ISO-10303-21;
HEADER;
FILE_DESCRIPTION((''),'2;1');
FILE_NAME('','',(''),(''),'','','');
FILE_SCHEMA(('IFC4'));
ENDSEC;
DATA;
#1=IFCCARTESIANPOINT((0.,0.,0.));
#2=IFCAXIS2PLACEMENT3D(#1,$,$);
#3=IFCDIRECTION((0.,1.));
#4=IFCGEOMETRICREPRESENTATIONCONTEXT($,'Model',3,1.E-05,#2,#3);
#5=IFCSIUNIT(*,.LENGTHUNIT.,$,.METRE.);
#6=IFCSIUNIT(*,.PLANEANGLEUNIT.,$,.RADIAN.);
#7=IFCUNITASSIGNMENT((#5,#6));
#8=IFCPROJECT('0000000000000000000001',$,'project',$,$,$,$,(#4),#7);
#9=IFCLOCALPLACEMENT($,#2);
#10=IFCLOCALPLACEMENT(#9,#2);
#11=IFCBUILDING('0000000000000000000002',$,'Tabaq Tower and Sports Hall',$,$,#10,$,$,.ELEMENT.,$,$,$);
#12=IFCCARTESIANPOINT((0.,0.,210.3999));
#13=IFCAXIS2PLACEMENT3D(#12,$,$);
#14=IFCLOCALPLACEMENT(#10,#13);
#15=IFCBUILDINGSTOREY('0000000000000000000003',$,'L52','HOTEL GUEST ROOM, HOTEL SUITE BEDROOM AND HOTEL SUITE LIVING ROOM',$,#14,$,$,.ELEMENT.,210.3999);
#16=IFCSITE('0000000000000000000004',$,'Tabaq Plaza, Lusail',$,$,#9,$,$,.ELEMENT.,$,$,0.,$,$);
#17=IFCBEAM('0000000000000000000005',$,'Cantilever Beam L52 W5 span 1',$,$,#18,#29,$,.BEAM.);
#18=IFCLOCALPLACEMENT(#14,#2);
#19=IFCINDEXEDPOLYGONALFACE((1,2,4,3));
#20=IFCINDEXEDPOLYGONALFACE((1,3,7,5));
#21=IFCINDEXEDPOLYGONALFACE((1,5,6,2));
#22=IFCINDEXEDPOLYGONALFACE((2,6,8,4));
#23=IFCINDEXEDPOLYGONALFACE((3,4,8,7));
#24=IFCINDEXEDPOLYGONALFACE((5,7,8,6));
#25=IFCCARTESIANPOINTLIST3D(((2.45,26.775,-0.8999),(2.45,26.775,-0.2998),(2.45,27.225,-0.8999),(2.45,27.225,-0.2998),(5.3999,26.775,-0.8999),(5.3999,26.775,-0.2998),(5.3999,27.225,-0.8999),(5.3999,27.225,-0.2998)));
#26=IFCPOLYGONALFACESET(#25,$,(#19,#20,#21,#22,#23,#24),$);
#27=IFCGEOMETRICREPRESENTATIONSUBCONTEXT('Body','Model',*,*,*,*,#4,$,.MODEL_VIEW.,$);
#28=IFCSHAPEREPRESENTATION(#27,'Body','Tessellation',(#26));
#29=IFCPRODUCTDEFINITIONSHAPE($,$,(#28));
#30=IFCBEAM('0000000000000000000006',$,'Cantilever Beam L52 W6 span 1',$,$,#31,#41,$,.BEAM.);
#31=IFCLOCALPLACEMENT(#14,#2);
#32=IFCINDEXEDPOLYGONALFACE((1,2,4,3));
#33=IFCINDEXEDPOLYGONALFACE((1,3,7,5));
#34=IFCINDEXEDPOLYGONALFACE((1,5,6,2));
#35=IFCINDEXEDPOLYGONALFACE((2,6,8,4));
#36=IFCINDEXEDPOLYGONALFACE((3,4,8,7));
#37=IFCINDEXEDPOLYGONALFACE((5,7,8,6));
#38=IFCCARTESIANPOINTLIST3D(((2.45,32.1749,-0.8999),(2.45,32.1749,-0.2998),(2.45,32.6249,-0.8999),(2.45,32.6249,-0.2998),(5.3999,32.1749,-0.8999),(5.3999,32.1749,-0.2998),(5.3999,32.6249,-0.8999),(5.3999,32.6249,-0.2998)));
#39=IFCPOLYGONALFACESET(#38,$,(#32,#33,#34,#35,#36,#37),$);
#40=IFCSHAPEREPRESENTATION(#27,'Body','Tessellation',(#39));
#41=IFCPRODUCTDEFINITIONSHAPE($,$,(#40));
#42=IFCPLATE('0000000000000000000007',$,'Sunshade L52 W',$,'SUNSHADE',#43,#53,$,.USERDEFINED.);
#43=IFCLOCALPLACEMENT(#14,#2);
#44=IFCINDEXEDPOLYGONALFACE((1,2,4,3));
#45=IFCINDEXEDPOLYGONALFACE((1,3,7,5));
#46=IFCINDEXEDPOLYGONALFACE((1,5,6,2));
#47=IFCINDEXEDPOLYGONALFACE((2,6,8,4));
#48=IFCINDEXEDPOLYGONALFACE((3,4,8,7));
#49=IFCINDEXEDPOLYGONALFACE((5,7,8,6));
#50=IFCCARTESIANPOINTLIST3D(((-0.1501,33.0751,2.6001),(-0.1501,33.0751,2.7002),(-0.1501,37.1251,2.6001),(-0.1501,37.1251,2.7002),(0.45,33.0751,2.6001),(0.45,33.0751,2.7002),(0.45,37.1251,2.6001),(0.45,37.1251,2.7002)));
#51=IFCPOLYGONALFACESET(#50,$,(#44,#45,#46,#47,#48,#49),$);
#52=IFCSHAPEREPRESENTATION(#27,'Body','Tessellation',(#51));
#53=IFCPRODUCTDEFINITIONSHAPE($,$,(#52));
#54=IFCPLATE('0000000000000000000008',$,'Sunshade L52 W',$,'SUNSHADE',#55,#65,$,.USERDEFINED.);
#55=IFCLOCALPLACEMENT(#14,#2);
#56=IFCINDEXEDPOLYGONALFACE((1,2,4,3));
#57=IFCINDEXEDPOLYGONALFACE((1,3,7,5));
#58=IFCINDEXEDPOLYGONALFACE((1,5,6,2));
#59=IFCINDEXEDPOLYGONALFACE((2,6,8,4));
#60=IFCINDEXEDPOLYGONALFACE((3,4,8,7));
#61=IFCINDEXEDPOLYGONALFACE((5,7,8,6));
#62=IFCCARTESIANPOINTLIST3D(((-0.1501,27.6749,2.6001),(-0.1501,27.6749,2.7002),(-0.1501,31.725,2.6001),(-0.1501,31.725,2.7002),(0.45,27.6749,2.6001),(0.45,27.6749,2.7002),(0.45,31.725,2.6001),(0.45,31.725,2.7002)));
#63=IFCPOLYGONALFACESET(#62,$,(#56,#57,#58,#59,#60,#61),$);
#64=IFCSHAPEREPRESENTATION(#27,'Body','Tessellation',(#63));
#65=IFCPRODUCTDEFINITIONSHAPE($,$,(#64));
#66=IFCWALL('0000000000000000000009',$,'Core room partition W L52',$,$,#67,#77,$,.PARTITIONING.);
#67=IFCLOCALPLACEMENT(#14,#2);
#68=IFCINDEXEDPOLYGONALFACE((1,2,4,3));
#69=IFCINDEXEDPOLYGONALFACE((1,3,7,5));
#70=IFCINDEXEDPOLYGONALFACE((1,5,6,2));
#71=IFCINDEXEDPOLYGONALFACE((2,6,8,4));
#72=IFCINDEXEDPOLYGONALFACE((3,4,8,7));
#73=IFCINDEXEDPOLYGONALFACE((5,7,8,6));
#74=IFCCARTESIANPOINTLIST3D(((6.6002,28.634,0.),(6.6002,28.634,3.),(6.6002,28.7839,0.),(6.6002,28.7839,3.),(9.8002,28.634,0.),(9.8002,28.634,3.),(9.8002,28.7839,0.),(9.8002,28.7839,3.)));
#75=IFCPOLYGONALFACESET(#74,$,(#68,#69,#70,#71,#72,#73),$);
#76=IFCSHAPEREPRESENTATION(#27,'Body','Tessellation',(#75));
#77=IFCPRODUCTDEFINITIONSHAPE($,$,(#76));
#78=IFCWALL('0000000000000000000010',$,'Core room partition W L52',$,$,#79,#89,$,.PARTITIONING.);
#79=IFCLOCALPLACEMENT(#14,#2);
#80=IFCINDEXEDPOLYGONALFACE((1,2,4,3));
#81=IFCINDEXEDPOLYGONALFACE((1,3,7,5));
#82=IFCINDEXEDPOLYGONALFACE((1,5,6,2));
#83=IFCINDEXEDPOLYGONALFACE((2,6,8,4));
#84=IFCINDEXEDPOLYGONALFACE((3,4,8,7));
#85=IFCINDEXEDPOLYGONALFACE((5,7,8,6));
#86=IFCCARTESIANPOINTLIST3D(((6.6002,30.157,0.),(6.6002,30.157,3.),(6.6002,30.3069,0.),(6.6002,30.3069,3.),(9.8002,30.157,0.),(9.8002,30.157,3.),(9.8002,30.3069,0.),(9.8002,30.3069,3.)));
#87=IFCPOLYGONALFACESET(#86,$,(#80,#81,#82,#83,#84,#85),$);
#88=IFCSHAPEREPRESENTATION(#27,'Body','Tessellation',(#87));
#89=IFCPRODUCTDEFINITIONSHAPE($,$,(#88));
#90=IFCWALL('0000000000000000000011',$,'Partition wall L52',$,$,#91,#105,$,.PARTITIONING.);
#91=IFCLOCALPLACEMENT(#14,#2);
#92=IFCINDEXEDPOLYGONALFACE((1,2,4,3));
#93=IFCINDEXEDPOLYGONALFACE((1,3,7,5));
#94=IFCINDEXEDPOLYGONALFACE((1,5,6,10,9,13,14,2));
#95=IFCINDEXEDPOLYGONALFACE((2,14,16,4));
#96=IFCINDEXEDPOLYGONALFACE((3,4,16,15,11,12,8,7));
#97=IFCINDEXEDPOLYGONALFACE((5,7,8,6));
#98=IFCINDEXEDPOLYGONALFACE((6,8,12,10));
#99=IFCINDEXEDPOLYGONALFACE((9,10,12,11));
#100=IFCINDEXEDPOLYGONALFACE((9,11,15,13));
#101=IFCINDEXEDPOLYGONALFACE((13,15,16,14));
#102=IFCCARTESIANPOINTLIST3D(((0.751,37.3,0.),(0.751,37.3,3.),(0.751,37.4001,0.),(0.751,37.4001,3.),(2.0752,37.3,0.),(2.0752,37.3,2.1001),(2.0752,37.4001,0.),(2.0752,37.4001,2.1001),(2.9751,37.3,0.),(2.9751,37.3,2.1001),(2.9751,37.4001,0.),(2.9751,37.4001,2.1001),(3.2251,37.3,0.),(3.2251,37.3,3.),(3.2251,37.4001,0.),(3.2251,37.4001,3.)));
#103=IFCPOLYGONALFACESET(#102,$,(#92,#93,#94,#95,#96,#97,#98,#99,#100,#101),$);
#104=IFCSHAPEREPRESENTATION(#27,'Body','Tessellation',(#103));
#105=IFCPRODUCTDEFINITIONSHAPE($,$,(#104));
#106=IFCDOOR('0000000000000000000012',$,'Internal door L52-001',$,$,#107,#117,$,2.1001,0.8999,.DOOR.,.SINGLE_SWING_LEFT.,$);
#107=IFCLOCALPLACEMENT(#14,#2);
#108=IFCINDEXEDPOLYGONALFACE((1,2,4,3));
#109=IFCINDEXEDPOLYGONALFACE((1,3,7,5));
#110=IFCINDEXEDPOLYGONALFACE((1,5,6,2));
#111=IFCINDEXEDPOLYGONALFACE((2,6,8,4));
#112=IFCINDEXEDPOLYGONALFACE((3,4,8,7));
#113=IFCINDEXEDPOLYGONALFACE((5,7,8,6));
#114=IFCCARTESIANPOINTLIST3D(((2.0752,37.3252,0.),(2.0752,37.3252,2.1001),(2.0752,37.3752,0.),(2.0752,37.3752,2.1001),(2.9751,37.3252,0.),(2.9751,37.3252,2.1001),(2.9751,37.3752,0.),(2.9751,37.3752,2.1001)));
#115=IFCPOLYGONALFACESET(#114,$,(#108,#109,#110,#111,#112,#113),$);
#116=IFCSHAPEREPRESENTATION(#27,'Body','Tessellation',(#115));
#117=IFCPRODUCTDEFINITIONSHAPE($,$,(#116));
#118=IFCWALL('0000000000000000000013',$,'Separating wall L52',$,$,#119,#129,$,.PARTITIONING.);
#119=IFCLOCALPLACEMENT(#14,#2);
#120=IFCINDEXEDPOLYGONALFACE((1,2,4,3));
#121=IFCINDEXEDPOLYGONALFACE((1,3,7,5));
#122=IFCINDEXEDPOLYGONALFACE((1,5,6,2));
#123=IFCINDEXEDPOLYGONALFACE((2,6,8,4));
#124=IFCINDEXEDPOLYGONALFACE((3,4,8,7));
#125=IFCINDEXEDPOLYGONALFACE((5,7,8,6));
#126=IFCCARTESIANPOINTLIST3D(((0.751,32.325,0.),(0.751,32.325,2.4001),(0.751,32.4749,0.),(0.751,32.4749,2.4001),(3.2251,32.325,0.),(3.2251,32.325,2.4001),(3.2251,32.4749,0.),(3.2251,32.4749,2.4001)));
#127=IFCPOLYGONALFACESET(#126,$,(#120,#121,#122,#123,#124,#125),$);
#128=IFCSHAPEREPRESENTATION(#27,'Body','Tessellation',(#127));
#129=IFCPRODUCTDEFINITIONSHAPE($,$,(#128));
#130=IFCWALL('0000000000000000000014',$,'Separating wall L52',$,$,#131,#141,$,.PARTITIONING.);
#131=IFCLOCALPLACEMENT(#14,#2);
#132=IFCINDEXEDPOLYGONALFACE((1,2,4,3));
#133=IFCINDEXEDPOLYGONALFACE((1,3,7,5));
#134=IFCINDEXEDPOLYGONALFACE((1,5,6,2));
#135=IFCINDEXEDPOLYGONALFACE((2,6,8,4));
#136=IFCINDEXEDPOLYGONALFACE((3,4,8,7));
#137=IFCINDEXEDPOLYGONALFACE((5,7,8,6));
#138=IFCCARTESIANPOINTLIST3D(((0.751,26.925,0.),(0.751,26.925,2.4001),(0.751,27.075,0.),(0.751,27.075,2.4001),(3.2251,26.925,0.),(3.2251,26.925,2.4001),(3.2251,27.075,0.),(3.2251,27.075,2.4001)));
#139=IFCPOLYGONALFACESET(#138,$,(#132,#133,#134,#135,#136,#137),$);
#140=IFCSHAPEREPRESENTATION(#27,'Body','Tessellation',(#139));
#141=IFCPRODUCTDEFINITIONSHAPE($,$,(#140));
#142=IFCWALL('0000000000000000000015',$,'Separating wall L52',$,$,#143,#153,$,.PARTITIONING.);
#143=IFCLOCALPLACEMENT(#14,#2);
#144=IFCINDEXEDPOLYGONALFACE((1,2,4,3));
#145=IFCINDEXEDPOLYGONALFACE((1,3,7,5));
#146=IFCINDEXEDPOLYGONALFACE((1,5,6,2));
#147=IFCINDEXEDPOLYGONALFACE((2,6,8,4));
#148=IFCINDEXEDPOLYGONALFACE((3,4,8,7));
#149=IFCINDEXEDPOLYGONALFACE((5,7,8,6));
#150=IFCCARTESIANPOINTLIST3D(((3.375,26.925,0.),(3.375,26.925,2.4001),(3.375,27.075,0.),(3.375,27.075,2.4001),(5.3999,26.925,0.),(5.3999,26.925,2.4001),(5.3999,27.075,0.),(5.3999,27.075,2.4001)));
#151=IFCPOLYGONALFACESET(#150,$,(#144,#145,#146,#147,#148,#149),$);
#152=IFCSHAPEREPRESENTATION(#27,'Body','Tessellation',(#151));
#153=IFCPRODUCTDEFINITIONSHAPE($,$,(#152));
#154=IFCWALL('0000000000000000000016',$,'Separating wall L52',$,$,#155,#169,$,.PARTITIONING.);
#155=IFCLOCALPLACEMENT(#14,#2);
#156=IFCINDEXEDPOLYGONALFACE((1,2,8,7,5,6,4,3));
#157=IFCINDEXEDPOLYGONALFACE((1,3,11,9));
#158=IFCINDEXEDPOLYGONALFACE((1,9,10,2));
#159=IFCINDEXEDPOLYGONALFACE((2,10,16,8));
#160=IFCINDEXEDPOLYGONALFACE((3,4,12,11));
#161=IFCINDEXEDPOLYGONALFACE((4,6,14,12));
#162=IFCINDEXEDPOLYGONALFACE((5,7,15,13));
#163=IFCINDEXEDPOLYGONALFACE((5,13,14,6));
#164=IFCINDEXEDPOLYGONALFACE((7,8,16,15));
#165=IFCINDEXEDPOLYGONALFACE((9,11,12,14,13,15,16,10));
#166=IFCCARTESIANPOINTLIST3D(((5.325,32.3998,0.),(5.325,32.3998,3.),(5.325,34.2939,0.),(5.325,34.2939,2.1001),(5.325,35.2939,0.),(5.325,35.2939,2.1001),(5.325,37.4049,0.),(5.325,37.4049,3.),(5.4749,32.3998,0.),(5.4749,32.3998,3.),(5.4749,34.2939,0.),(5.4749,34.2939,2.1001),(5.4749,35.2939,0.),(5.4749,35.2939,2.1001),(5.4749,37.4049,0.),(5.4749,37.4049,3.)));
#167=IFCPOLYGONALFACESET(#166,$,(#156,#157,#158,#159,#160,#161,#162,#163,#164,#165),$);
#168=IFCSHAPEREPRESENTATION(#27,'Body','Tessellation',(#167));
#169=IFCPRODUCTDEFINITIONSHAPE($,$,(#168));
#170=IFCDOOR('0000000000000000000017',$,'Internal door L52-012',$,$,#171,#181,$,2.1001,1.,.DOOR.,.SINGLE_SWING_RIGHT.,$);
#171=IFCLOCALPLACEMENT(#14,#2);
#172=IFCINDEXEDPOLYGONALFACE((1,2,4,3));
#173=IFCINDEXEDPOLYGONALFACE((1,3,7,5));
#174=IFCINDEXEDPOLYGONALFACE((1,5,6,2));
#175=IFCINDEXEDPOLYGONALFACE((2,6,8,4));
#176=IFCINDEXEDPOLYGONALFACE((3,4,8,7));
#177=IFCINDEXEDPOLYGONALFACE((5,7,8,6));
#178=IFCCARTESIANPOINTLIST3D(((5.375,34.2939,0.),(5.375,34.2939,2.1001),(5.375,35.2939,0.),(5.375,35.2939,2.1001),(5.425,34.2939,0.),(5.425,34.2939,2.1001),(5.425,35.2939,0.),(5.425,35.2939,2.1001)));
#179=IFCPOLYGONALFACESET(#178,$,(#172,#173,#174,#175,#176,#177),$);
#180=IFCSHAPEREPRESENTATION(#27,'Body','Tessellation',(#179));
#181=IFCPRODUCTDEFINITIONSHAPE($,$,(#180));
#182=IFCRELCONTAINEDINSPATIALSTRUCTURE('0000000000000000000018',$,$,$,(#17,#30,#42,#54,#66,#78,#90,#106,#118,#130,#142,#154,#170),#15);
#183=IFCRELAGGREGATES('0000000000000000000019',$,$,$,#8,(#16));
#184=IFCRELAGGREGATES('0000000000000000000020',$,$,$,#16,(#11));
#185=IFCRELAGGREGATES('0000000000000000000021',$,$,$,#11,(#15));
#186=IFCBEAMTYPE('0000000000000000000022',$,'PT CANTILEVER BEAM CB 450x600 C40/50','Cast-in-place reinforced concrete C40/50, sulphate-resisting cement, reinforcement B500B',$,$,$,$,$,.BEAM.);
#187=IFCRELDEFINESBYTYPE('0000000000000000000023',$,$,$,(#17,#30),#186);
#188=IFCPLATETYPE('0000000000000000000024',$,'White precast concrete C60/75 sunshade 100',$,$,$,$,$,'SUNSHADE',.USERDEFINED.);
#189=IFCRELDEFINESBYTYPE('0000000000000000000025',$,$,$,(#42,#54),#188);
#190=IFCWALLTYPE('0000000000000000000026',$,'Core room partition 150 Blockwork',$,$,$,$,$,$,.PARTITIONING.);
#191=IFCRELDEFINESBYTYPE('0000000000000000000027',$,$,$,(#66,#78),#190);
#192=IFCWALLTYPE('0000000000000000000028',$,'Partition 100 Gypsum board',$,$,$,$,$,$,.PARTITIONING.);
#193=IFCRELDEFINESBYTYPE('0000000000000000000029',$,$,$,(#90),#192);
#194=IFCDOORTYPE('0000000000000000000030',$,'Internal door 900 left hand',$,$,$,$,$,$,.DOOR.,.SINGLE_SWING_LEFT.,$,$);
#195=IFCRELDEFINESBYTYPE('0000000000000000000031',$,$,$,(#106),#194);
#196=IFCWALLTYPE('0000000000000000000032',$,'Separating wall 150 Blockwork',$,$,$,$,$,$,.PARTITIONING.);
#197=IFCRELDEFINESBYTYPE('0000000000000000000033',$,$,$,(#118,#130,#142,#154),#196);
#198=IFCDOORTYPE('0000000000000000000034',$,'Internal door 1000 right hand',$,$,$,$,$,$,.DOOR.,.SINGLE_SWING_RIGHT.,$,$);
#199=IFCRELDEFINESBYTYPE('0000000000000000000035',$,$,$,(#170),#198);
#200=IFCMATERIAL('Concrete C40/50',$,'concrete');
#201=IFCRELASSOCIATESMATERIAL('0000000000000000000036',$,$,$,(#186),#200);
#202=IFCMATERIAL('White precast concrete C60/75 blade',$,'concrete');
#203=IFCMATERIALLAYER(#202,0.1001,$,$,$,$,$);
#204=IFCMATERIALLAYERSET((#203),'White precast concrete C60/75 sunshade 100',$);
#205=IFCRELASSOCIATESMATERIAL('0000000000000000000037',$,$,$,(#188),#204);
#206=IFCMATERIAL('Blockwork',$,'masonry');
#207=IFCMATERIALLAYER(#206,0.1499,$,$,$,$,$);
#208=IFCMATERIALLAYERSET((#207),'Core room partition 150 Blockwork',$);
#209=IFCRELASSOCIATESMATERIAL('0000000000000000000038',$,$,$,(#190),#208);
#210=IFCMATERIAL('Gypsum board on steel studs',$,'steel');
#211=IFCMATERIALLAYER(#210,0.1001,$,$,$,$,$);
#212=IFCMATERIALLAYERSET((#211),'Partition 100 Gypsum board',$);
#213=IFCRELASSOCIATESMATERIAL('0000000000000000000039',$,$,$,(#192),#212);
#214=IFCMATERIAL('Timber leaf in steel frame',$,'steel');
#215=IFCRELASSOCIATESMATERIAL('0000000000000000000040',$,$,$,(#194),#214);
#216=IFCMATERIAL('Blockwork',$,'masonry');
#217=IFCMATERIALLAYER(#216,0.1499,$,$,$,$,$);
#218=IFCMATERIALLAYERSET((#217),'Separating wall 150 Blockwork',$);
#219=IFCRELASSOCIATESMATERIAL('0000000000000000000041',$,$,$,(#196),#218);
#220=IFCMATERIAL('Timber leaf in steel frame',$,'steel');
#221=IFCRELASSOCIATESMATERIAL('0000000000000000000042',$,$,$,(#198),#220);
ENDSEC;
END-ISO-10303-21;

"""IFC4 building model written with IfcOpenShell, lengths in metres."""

from ifc_helpers import new_model, si_unit, direction, frame, frame_2d, origin, origin_2d, place, context, subcontext, project, spatial, rectangle, extrude, material, layer, layer_set, material_profile, profile_set, type_object, element, fill, save


model = new_model("IFC4")

# Units and contexts
model_context = context("Model", 3, precision=1e-05, world=origin(), true_north=direction((0.0, 1.0)))
body_context = subcontext(model_context, "Body", "Model", "MODEL_VIEW")
ifc_project = project(units=[si_unit("LENGTHUNIT", "METRE"), si_unit("PLANEANGLEUNIT", "RADIAN")], contexts=[model_context])

# Site, building, storey
site_placement = place(None, origin())
site = spatial("IfcSite", under=ifc_project, at=site_placement, Name="Tabaq Plaza, Lusail", CompositionType="ELEMENT", RefElevation=0.0)
building_placement = place(site_placement, origin())
building = spatial("IfcBuilding", under=site, at=building_placement, Name="Tabaq Tower and Sports Hall", CompositionType="ELEMENT")
storey_placement = place(building_placement, frame((0.0, 0.0, 210.3999)))
storey = spatial("IfcBuildingStorey", under=building, at=storey_placement, Name="L52", Description="HOTEL GUEST ROOM, HOTEL SUITE BEDROOM AND HOTEL SUITE LIVING ROOM", CompositionType="ELEMENT", Elevation=210.3999)

# Beams
ifc_material_1 = material(Name="Concrete C40/50", Category="concrete")
ifc_material_profile = material_profile(ifc_material_1, rectangle(XDim=0.45, YDim=0.6001, at=origin_2d()), Name="CB 450x600")
ifc_profile_set = profile_set([ifc_material_profile], Name="Concrete C40/50")
beam_type = type_object("IfcBeamType", Name="PT CANTILEVER BEAM CB 450x600 C40/50", Description="Cast-in-place reinforced concrete C40/50, sulphate-resisting cement, reinforcement B500B", PredefinedType="BEAM", material=ifc_profile_set)
for number, where, z_axis, x_axis, name in (
    (1, (2.45, 27.0, -0.5999), (1.0, 0.0, 0.0), (0.0, 1.0, 0.0), "Cantilever Beam L52 W5 span 1"),
    (2, (2.45, 32.3999, -0.5999), (1.0, 0.0, 0.0), (0.0, 1.0, 0.0), "Cantilever Beam L52 W6 span 1"),
):
    element("IfcBeam", number, at=place(storey_placement, frame(where, z_axis=z_axis, x_axis=x_axis)), inside=storey, type_object=beam_type, Name=name, PredefinedType="BEAM", context=body_context, shape_type="SweptSolid", body=[
        extrude(rectangle(XDim=0.45, YDim=0.6001, at=origin_2d()), origin(), (0.0, 0.0, 1.0), 2.95),
    ])

# Plates
ifc_material_2 = material(Name="White precast concrete C60/75 blade", Category="concrete")
ifc_layer_1 = layer(ifc_material_2, 0.1001)
ifc_layer_set_1 = layer_set([ifc_layer_1], Name="White precast concrete C60/75 sunshade 100")
plate_type = type_object("IfcPlateType", Name="White precast concrete C60/75 sunshade 100", ElementType="SUNSHADE", PredefinedType="USERDEFINED", material=ifc_layer_set_1)
for number, where, z_axis, x_axis, name in (
    (3, (0.1499, 35.1001, 2.6001), (0.0, 0.0, 1.0), (0.0, -1.0, 0.0), "Sunshade L52 W"),
    (4, (0.1499, 29.7, 2.6001), (0.0, 0.0, 1.0), (0.0, -1.0, 0.0), "Sunshade L52 W"),
):
    element("IfcPlate", number, at=place(storey_placement, frame(where, z_axis=z_axis, x_axis=x_axis)), inside=storey, type_object=plate_type, Name=name, ObjectType="SUNSHADE", PredefinedType="USERDEFINED", context=body_context, shape_type="SweptSolid", body=[
        extrude(rectangle(XDim=4.05, YDim=0.6001, at=origin_2d()), origin(), (0.0, 0.0, 1.0), 0.1001),
    ])

# Walls
ifc_material_3 = material(Name="Blockwork", Category="masonry")
ifc_layer_2 = layer(ifc_material_3, 0.1499)
ifc_layer_set_2 = layer_set([ifc_layer_2], Name="Core room partition 150 Blockwork")
wall_type_1 = type_object("IfcWallType", Name="Core room partition 150 Blockwork", PredefinedType="PARTITIONING", material=ifc_layer_set_2)
for number, where, z_axis, x_axis, name in (
    (5, (6.6001, 28.709, 0.0), (0.0, 0.0, 1.0), (1.0, 0.0, 0.0), "Core room partition W L52"),
    (6, (6.6001, 30.2319, 0.0), (0.0, 0.0, 1.0), (1.0, 0.0, 0.0), "Core room partition W L52"),
):
    element("IfcWall", number, at=place(storey_placement, frame(where, z_axis=z_axis, x_axis=x_axis)), inside=storey, type_object=wall_type_1, Name=name, PredefinedType="PARTITIONING", context=body_context, shape_type="SweptSolid", body=[
        extrude(rectangle(XDim=3.2, YDim=0.1499, at=frame_2d((1.6001, 0.0))), origin(), (0.0, 0.0, 1.0), 3.0),
    ])

# Wall, opening, door
ifc_material_4 = material(Name="Gypsum board on steel studs", Category="steel")
ifc_layer_3 = layer(ifc_material_4, 0.1001)
ifc_layer_set_3 = layer_set([ifc_layer_3], Name="Partition 100 Gypsum board")
wall_type_2 = type_object("IfcWallType", Name="Partition 100 Gypsum board", PredefinedType="PARTITIONING", material=ifc_layer_set_3)
wall_1_placement = place(storey_placement, frame((3.2251, 37.3501, 0.0), z_axis=(0.0, 0.0, 1.0), x_axis=(-1.0, 0.0, 0.0)))
wall_1 = element("IfcWall", 7, at=wall_1_placement, inside=storey, type_object=wall_type_2, Name="Partition wall L52", PredefinedType="PARTITIONING", context=body_context, shape_type="SweptSolid", body=[
    extrude(rectangle(XDim=2.4741, YDim=0.1001, at=frame_2d((1.2371, 0.0))), origin(), (0.0, 0.0, 1.0), 3.0),
])
opening_1_placement = place(wall_1_placement, frame((0.25, 0.0, 0.0)))
opening_1 = element("IfcOpeningElement", 8, at=opening_1_placement, cuts=wall_1, PredefinedType="OPENING", context=body_context, shape_type="SweptSolid", body=[
    extrude(rectangle(XDim=0.8999, YDim=2.1001, at=frame_2d((0.45, 1.05))), frame((0.0, 0.05, 0.0), z_axis=(0.0, -1.0, 0.0), x_axis=(1.0, 0.0, 0.0)), (0.0, 0.0, 1.0), 0.1001),
])
ifc_material_5 = material(Name="Timber leaf in steel frame", Category="steel")
door_type_1 = type_object("IfcDoorType", Name="Internal door 900 left hand", OperationType="SINGLE_SWING_LEFT", PredefinedType="DOOR", material=ifc_material_5)
door_1_placement = place(opening_1_placement, origin())
door_1 = element("IfcDoor", 9, at=door_1_placement, inside=storey, type_object=door_type_1, Name="Internal door L52-001", OperationType="SINGLE_SWING_LEFT", OverallHeight=2.1001, OverallWidth=0.8999, PredefinedType="DOOR", context=body_context, shape_type="SweptSolid", body=[
    extrude(rectangle(XDim=0.8999, YDim=2.1001, at=frame_2d((0.45, 1.05))), frame((0.0, 0.0249, 0.0), z_axis=(0.0, -1.0, 0.0), x_axis=(1.0, 0.0, 0.0)), (0.0, 0.0, 1.0), 0.05),
])
fill(opening_1, door_1)

# Walls
ifc_material_6 = material(Name="Blockwork", Category="masonry")
ifc_layer_4 = layer(ifc_material_6, 0.1499)
ifc_layer_set_4 = layer_set([ifc_layer_4], Name="Separating wall 150 Blockwork")
wall_type_3 = type_object("IfcWallType", Name="Separating wall 150 Blockwork", PredefinedType="PARTITIONING", material=ifc_layer_set_4)
for number, where, z_axis, x_axis, name in (
    (10, (0.751, 32.3999, 0.0), (0.0, 0.0, 1.0), (1.0, 0.0, 0.0), "Separating wall L52"),
    (11, (0.751, 27.0, 0.0), (0.0, 0.0, 1.0), (1.0, 0.0, 0.0), "Separating wall L52"),
):
    element("IfcWall", number, at=place(storey_placement, frame(where, z_axis=z_axis, x_axis=x_axis)), inside=storey, type_object=wall_type_3, Name=name, PredefinedType="PARTITIONING", context=body_context, shape_type="SweptSolid", body=[
        extrude(rectangle(XDim=2.4741, YDim=0.1499, at=frame_2d((1.2371, 0.0))), origin(), (0.0, 0.0, 1.0), 2.4001),
    ])
wall_2_placement = place(storey_placement, frame((3.375, 27.0, 0.0), z_axis=(0.0, 0.0, 1.0), x_axis=(1.0, 0.0, 0.0)))
element("IfcWall", 12, at=wall_2_placement, inside=storey, type_object=wall_type_3, Name="Separating wall L52", PredefinedType="PARTITIONING", context=body_context, shape_type="SweptSolid", body=[
    extrude(rectangle(XDim=2.0249, YDim=0.1499, at=frame_2d((1.0125, 0.0))), origin(), (0.0, 0.0, 1.0), 2.4001),
])

# Wall, opening, door
wall_3_placement = place(storey_placement, frame((5.3999, 32.3999, 0.0), z_axis=(0.0, 0.0, 1.0), x_axis=(0.0, 1.0, 0.0)))
wall_3 = element("IfcWall", 13, at=wall_3_placement, inside=storey, type_object=wall_type_3, Name="Separating wall L52", PredefinedType="PARTITIONING", context=body_context, shape_type="SweptSolid", body=[
    extrude(rectangle(XDim=5.0051, YDim=0.1499, at=frame_2d((2.5024, 0.0))), origin(), (0.0, 0.0, 1.0), 3.0),
])
opening_2_placement = place(wall_3_placement, frame((1.894, 0.0, 0.0)))
opening_2 = element("IfcOpeningElement", 14, at=opening_2_placement, cuts=wall_3, PredefinedType="OPENING", context=body_context, shape_type="SweptSolid", body=[
    extrude(rectangle(XDim=1.0, YDim=2.1001, at=frame_2d((0.5, 1.05))), frame((0.0, 0.075, 0.0), z_axis=(0.0, -1.0, 0.0), x_axis=(1.0, 0.0, 0.0)), (0.0, 0.0, 1.0), 0.1499),
])
ifc_material_7 = material(Name="Timber leaf in steel frame", Category="steel")
door_type_2 = type_object("IfcDoorType", Name="Internal door 1000 right hand", OperationType="SINGLE_SWING_RIGHT", PredefinedType="DOOR", material=ifc_material_7)
door_2_placement = place(opening_2_placement, origin())
door_2 = element("IfcDoor", 15, at=door_2_placement, inside=storey, type_object=door_type_2, Name="Internal door L52-012", OperationType="SINGLE_SWING_RIGHT", OverallHeight=2.1001, OverallWidth=1.0, PredefinedType="DOOR", context=body_context, shape_type="SweptSolid", body=[
    extrude(rectangle(XDim=1.0, YDim=2.1001, at=frame_2d((0.5, 1.05))), frame((0.0, 0.0249, 0.0), z_axis=(0.0, -1.0, 0.0), x_axis=(1.0, 0.0, 0.0)), (0.0, 0.0, 1.0), 0.05),
])
fill(opening_2, door_2)

save(model, "model.ifc")
